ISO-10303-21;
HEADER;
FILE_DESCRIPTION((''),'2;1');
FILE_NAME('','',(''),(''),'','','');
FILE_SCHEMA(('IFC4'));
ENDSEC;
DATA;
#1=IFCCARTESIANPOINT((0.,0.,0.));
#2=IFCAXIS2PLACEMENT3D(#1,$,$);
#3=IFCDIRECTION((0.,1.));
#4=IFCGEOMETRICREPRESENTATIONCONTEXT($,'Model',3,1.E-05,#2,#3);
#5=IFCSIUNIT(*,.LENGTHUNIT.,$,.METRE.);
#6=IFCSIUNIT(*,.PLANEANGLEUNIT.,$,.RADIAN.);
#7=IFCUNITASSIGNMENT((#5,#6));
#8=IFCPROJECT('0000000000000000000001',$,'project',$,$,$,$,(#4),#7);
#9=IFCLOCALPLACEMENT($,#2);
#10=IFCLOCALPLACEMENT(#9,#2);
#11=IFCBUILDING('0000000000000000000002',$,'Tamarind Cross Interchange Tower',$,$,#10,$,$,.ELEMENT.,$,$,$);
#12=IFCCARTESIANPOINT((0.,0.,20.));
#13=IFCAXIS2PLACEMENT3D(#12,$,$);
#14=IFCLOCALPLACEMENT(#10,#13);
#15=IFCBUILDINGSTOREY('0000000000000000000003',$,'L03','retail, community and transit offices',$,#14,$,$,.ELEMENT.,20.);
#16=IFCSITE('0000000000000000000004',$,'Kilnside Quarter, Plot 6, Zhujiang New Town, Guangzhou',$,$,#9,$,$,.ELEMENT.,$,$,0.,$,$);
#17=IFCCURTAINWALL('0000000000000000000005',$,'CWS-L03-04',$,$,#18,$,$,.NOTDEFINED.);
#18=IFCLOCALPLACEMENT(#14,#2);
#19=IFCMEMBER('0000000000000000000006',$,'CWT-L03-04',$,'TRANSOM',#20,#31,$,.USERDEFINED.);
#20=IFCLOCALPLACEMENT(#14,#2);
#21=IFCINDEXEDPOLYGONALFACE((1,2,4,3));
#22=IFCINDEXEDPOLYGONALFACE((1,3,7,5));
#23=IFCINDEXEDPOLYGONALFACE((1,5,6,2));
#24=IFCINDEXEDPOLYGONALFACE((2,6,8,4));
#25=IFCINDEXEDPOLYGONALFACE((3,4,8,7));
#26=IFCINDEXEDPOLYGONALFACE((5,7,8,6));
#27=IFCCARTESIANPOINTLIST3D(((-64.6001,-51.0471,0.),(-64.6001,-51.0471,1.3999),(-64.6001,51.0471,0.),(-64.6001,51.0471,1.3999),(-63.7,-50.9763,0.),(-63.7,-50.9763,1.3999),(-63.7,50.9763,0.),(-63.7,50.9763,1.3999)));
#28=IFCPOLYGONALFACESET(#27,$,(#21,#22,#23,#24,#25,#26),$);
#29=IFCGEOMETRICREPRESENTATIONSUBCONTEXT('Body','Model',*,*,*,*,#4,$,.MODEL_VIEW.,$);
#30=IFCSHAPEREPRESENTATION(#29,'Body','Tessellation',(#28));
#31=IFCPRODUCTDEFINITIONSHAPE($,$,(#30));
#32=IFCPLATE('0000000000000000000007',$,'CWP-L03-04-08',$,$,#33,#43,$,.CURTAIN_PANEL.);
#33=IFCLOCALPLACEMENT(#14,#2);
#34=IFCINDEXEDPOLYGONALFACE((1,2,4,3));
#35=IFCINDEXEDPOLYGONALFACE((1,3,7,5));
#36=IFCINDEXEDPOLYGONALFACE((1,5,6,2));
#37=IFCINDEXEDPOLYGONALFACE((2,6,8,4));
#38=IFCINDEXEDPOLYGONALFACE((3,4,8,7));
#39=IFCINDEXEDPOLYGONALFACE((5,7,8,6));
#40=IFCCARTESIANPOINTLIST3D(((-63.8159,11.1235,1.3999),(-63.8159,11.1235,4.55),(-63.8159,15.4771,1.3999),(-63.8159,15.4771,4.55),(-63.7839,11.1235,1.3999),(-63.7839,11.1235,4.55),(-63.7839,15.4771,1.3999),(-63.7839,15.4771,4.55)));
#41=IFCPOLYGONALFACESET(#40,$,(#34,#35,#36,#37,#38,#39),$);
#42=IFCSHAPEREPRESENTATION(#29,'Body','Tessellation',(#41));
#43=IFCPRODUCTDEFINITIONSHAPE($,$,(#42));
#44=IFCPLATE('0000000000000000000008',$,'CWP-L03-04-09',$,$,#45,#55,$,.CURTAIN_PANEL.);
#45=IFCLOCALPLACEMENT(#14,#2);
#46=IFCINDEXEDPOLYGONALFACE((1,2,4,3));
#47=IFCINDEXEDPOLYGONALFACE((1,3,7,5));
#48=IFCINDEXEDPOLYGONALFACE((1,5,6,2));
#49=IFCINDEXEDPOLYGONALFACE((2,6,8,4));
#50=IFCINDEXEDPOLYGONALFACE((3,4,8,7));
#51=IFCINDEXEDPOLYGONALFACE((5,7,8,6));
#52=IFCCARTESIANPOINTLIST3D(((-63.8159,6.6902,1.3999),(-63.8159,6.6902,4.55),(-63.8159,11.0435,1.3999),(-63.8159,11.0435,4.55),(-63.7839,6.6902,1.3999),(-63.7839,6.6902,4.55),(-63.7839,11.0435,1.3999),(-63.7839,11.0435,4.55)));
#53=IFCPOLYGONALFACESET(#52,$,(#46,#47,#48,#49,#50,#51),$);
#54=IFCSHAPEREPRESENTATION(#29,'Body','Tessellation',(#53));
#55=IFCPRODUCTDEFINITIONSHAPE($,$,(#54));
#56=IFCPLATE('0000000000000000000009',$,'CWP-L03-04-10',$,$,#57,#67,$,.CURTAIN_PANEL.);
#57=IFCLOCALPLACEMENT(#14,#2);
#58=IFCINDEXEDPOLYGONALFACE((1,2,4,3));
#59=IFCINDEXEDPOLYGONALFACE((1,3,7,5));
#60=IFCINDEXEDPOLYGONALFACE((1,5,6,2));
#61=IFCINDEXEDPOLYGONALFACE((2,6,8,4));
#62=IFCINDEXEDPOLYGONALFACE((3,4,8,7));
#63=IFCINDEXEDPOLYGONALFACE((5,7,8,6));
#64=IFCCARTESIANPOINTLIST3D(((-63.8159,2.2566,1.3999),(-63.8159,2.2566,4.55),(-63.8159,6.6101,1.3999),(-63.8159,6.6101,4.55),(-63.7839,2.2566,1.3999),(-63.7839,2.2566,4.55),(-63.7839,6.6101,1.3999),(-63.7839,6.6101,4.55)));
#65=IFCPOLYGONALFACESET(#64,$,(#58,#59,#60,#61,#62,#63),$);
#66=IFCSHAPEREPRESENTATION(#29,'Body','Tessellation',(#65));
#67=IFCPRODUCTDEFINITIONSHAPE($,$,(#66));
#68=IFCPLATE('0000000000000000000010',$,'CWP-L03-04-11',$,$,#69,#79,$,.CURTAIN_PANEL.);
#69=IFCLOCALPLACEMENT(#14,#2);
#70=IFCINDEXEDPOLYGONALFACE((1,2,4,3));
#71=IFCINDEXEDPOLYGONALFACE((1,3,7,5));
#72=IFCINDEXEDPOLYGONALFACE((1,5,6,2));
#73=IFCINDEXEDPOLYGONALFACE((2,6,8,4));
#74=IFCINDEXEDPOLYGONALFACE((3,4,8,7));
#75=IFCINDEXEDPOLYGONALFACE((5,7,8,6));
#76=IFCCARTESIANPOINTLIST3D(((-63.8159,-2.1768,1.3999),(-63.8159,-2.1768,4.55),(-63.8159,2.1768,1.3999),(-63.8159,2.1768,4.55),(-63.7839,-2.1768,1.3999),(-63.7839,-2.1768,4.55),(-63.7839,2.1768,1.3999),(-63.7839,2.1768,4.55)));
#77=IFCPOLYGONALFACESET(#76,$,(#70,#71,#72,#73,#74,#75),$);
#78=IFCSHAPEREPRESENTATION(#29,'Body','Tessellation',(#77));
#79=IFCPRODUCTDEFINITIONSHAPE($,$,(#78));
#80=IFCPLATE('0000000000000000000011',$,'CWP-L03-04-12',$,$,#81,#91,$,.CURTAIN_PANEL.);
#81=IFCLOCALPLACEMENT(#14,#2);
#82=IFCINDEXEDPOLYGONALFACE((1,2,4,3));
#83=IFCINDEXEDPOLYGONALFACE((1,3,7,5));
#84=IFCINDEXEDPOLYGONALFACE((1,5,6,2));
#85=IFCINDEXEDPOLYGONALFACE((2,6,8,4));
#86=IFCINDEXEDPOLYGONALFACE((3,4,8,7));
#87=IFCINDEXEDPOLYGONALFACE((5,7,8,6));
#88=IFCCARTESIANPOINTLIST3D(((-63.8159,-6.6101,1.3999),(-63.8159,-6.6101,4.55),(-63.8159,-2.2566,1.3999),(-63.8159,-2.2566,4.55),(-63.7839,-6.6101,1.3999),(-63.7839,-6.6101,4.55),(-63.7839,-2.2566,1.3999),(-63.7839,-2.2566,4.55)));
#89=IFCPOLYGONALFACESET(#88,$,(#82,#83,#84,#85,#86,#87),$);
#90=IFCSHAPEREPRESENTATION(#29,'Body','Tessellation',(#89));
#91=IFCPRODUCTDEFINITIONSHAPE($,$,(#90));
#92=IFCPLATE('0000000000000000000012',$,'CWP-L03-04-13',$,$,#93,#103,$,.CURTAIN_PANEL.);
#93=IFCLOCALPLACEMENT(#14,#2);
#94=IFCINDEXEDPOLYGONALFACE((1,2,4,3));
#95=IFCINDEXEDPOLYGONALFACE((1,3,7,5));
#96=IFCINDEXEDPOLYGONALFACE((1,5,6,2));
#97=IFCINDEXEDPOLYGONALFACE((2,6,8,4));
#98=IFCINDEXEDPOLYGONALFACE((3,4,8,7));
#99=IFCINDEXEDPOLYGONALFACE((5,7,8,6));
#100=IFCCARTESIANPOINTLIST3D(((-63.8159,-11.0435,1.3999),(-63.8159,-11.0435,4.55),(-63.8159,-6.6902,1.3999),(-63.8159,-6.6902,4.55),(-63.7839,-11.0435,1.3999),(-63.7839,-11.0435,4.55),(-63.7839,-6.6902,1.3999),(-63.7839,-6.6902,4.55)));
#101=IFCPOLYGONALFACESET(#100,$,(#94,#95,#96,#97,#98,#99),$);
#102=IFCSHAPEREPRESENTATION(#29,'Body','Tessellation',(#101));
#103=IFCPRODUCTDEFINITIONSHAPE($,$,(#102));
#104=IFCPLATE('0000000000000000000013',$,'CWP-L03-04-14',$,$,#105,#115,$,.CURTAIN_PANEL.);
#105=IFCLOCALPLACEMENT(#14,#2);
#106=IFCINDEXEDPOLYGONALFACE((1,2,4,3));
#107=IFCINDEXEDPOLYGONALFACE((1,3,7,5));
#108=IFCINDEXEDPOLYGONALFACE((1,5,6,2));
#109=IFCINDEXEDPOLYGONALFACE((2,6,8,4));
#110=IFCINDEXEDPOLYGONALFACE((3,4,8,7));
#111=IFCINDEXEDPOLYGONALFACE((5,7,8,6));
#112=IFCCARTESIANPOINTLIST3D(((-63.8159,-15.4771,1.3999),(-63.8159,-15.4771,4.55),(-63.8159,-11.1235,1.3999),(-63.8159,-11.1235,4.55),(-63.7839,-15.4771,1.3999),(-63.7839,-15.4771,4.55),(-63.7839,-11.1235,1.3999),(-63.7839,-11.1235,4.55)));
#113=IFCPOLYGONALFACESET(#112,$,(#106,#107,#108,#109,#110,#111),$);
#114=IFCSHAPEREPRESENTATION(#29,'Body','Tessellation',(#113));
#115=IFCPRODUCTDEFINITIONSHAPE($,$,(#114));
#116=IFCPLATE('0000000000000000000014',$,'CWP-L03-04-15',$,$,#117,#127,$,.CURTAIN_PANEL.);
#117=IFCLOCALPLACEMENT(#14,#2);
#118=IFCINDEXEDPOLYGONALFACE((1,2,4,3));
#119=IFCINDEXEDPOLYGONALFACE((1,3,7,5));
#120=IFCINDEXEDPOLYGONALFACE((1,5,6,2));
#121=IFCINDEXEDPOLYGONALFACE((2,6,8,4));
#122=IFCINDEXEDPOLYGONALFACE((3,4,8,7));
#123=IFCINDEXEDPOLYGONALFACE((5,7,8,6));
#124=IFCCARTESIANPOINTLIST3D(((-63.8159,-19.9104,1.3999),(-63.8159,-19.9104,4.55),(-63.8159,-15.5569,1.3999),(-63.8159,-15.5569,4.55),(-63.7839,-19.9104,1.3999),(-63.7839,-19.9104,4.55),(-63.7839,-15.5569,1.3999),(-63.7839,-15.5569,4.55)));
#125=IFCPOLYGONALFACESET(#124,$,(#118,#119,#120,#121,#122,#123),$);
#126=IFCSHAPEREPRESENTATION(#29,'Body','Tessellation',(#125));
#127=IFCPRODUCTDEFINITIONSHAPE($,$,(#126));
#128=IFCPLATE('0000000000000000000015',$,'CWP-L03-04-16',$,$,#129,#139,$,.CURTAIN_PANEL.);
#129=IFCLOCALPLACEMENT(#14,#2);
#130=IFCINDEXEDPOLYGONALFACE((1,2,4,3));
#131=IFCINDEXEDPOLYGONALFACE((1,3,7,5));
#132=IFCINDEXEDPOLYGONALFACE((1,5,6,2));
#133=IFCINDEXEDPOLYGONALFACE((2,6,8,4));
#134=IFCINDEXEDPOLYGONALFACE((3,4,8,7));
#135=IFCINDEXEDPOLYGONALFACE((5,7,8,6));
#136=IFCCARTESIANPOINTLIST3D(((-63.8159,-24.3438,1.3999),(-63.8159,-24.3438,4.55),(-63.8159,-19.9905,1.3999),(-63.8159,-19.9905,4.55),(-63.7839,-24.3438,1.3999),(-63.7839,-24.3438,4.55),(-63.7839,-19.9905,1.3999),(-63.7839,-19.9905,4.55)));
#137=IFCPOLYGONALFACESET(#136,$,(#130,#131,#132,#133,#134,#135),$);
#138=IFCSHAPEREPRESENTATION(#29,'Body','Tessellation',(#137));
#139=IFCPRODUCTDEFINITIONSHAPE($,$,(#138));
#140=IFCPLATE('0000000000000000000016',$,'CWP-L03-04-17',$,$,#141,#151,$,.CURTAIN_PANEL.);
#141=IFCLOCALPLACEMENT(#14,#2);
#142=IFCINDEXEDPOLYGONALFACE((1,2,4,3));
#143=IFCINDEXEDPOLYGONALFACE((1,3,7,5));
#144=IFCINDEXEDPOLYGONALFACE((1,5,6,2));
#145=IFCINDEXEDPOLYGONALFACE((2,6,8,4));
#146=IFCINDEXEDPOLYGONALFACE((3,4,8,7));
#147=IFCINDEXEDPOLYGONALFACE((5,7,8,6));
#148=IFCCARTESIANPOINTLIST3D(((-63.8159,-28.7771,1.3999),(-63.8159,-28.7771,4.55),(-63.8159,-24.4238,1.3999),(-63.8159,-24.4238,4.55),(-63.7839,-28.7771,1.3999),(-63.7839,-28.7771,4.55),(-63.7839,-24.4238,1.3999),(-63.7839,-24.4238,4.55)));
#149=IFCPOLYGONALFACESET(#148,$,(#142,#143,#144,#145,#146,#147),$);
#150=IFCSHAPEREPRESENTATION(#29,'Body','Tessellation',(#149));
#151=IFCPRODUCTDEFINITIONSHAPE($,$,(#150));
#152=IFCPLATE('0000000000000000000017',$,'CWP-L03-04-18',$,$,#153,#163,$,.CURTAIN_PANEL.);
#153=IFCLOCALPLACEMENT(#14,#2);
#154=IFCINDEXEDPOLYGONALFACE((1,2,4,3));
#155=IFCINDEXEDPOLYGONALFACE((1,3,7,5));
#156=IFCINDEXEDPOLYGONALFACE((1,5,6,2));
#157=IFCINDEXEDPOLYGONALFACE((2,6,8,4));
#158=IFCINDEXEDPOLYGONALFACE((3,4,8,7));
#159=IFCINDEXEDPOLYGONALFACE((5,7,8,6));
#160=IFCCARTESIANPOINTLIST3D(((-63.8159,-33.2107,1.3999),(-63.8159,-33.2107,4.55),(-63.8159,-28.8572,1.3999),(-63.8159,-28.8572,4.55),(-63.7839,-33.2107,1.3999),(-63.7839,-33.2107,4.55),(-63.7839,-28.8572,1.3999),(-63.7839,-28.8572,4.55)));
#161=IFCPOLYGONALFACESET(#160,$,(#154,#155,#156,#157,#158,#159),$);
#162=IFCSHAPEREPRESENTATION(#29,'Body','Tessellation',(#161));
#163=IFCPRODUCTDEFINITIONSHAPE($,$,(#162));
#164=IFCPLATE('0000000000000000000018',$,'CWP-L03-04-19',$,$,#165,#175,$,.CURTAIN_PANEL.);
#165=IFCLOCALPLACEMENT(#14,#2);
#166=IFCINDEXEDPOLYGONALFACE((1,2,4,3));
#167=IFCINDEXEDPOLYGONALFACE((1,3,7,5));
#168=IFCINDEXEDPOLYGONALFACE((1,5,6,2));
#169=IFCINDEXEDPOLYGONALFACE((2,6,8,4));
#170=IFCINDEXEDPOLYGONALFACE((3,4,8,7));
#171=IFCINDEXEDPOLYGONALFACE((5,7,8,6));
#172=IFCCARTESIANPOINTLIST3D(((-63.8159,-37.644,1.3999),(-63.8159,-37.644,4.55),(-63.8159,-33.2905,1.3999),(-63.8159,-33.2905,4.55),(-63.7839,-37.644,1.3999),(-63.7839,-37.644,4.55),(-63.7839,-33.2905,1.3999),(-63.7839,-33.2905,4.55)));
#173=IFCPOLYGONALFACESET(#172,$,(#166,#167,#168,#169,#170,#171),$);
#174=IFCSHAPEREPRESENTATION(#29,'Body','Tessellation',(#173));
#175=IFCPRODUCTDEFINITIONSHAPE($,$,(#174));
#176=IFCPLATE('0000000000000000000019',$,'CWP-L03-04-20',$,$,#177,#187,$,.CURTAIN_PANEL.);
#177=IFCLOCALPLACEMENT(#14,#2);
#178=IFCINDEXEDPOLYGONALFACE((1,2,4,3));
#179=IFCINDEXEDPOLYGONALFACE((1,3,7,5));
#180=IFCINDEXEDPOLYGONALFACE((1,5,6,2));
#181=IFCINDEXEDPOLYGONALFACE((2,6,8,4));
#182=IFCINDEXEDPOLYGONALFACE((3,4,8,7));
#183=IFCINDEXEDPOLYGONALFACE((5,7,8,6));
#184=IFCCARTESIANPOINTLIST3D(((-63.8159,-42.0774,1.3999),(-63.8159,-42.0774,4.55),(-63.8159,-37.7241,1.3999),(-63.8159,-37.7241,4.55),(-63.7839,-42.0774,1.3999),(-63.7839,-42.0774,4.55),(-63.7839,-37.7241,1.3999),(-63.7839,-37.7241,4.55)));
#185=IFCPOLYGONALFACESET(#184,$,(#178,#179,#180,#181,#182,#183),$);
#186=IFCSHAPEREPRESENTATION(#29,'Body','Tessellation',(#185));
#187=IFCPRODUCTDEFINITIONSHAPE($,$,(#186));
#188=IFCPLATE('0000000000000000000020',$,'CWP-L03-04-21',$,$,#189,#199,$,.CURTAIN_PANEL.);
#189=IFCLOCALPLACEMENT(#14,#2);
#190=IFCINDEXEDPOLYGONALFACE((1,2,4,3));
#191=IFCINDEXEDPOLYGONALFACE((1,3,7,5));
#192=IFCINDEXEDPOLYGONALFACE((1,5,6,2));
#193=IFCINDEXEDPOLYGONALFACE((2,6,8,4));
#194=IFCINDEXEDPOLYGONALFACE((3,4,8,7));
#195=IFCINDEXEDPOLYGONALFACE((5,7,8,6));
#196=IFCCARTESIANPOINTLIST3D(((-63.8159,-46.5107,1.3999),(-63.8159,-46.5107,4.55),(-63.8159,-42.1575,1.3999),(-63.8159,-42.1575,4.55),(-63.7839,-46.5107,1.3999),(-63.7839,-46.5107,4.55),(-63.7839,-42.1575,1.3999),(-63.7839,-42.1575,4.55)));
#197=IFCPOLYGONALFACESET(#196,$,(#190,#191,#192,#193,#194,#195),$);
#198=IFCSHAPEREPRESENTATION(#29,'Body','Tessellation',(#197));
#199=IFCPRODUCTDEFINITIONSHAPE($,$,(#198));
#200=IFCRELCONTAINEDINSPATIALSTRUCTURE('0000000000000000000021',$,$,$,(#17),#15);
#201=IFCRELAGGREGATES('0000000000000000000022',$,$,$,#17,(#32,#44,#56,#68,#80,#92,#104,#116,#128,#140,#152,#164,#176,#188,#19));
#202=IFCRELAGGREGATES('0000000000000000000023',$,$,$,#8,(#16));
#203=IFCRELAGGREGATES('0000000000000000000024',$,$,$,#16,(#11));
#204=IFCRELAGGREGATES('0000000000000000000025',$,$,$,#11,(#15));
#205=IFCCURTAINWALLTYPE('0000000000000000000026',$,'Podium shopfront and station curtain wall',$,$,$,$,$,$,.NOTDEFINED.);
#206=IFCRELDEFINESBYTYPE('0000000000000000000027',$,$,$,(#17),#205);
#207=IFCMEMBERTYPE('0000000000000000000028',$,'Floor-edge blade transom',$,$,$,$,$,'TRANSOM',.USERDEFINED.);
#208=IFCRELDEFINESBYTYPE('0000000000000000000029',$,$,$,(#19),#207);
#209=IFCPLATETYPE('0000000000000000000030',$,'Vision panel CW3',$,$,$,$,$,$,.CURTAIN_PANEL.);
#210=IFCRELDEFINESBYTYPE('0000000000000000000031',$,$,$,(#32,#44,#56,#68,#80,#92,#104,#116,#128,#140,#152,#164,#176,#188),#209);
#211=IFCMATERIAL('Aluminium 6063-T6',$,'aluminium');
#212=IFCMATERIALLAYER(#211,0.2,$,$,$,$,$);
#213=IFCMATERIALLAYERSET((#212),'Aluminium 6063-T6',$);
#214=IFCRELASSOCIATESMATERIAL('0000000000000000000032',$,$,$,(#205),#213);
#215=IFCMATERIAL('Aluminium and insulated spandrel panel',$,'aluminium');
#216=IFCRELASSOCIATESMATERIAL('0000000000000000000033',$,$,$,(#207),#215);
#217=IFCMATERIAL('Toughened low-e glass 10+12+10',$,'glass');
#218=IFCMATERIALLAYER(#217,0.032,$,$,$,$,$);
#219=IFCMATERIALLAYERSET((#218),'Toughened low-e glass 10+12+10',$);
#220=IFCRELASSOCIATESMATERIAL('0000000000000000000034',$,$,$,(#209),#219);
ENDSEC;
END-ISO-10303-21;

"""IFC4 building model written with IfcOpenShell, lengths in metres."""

from ifc_helpers import new_model, si_unit, direction, frame, origin, place, context, subcontext, project, spatial, polyline, outline, extrude, material, layer, layer_set, type_object, element, aggregate, save


model = new_model("IFC4")

# Units and contexts
model_context = context("Model", 3, precision=1e-05, world=origin(), true_north=direction((0.0, 1.0)))
body_context = subcontext(model_context, "Body", "Model", "MODEL_VIEW")
ifc_project = project(units=[si_unit("LENGTHUNIT", "METRE"), si_unit("PLANEANGLEUNIT", "RADIAN")], contexts=[model_context])

# Site, building, storey
site_placement = place(None, origin())
site = spatial("IfcSite", under=ifc_project, at=site_placement, Name="Kilnside Quarter, Plot 6, Zhujiang New Town, Guangzhou", CompositionType="ELEMENT", RefElevation=0.0)
building_placement = place(site_placement, origin())
building = spatial("IfcBuilding", under=site, at=building_placement, Name="Tamarind Cross Interchange Tower", CompositionType="ELEMENT")
storey_placement = place(building_placement, frame((0.0, 0.0, 20.0)))
storey = spatial("IfcBuildingStorey", under=building, at=storey_placement, Name="L03", Description="retail, community and transit offices", CompositionType="ELEMENT", Elevation=20.0)

# Curtain wall, member, plates
ifc_material_1 = material(Name="Aluminium 6063-T6", Category="aluminium")
ifc_layer_1 = layer(ifc_material_1, 0.2)
ifc_layer_set_1 = layer_set([ifc_layer_1], Name="Aluminium 6063-T6")
curtain_wall_type = type_object("IfcCurtainWallType", Name="Podium shopfront and station curtain wall", PredefinedType="NOTDEFINED", material=ifc_layer_set_1)
curtain_wall_1_placement = place(storey_placement, origin())
curtain_wall_1 = element("IfcCurtainWall", 1, at=curtain_wall_1_placement, inside=storey, type_object=curtain_wall_type, Name="CWS-L03-04", PredefinedType="NOTDEFINED")
ifc_material_2 = material(Name="Aluminium and insulated spandrel panel", Category="aluminium")
member_type = type_object("IfcMemberType", Name="Floor-edge blade transom", ElementType="TRANSOM", PredefinedType="USERDEFINED", material=ifc_material_2)
member_placement = place(storey_placement, origin())
member = element("IfcMember", 2, at=member_placement, type_object=member_type, Name="CWT-L03-04", ObjectType="TRANSOM", PredefinedType="USERDEFINED", context=body_context, shape_type="SweptSolid", body=[
    extrude(outline(polyline([(-63.7, 50.9763), (-63.7, -50.9763), (-64.6001, -51.0471), (-64.6001, 51.0471), (-63.7, 50.9763)])), origin(), (0.0, 0.0, 1.0), 1.3999),
])
ifc_material_3 = material(Name="Toughened low-e glass 10+12+10", Category="glass")
ifc_layer_2 = layer(ifc_material_3, 0.032)
ifc_layer_set_2 = layer_set([ifc_layer_2], Name="Toughened low-e glass 10+12+10")
plate_type = type_object("IfcPlateType", Name="Vision panel CW3", PredefinedType="CURTAIN_PANEL", material=ifc_layer_set_2)
plate_1_placement = place(storey_placement, frame((0.0, 0.0, 1.3999)))
plate_1 = element("IfcPlate", 3, at=plate_1_placement, type_object=plate_type, Name="CWP-L03-04-08", PredefinedType="CURTAIN_PANEL", context=body_context, shape_type="SweptSolid", body=[
    extrude(outline(polyline([(-63.7839, 15.4771), (-63.7839, 11.1235), (-63.8159, 11.1235), (-63.8159, 15.4771), (-63.7839, 15.4771)])), origin(), (0.0, 0.0, 1.0), 3.1501),
])
plate_2_placement = place(storey_placement, frame((0.0, 0.0, 1.3999)))
plate_2 = element("IfcPlate", 4, at=plate_2_placement, type_object=plate_type, Name="CWP-L03-04-09", PredefinedType="CURTAIN_PANEL", context=body_context, shape_type="SweptSolid", body=[
    extrude(outline(polyline([(-63.7839, 11.0435), (-63.7839, 6.6902), (-63.8159, 6.6902), (-63.8159, 11.0435), (-63.7839, 11.0435)])), origin(), (0.0, 0.0, 1.0), 3.1501),
])
plate_3_placement = place(storey_placement, frame((0.0, 0.0, 1.3999)))
plate_3 = element("IfcPlate", 5, at=plate_3_placement, type_object=plate_type, Name="CWP-L03-04-10", PredefinedType="CURTAIN_PANEL", context=body_context, shape_type="SweptSolid", body=[
    extrude(outline(polyline([(-63.7839, 6.6101), (-63.7839, 2.2566), (-63.8159, 2.2566), (-63.8159, 6.6101), (-63.7839, 6.6101)])), origin(), (0.0, 0.0, 1.0), 3.1501),
])
plate_4_placement = place(storey_placement, frame((0.0, 0.0, 1.3999)))
plate_4 = element("IfcPlate", 6, at=plate_4_placement, type_object=plate_type, Name="CWP-L03-04-11", PredefinedType="CURTAIN_PANEL", context=body_context, shape_type="SweptSolid", body=[
    extrude(outline(polyline([(-63.7839, 2.1768), (-63.7839, -2.1768), (-63.8159, -2.1768), (-63.8159, 2.1768), (-63.7839, 2.1768)])), origin(), (0.0, 0.0, 1.0), 3.1501),
])
plate_5_placement = place(storey_placement, frame((0.0, 0.0, 1.3999)))
plate_5 = element("IfcPlate", 7, at=plate_5_placement, type_object=plate_type, Name="CWP-L03-04-12", PredefinedType="CURTAIN_PANEL", context=body_context, shape_type="SweptSolid", body=[
    extrude(outline(polyline([(-63.7839, -2.2566), (-63.7839, -6.6101), (-63.8159, -6.6101), (-63.8159, -2.2566), (-63.7839, -2.2566)])), origin(), (0.0, 0.0, 1.0), 3.1501),
])
plate_6_placement = place(storey_placement, frame((0.0, 0.0, 1.3999)))
plate_6 = element("IfcPlate", 8, at=plate_6_placement, type_object=plate_type, Name="CWP-L03-04-13", PredefinedType="CURTAIN_PANEL", context=body_context, shape_type="SweptSolid", body=[
    extrude(outline(polyline([(-63.7839, -6.6902), (-63.7839, -11.0435), (-63.8159, -11.0435), (-63.8159, -6.6902), (-63.7839, -6.6902)])), origin(), (0.0, 0.0, 1.0), 3.1501),
])
plate_7_placement = place(storey_placement, frame((0.0, 0.0, 1.3999)))
plate_7 = element("IfcPlate", 9, at=plate_7_placement, type_object=plate_type, Name="CWP-L03-04-14", PredefinedType="CURTAIN_PANEL", context=body_context, shape_type="SweptSolid", body=[
    extrude(outline(polyline([(-63.7839, -11.1235), (-63.7839, -15.4771), (-63.8159, -15.4771), (-63.8159, -11.1235), (-63.7839, -11.1235)])), origin(), (0.0, 0.0, 1.0), 3.1501),
])
plate_8_placement = place(storey_placement, frame((0.0, 0.0, 1.3999)))
plate_8 = element("IfcPlate", 10, at=plate_8_placement, type_object=plate_type, Name="CWP-L03-04-15", PredefinedType="CURTAIN_PANEL", context=body_context, shape_type="SweptSolid", body=[
    extrude(outline(polyline([(-63.7839, -15.5569), (-63.7839, -19.9104), (-63.8159, -19.9104), (-63.8159, -15.5569), (-63.7839, -15.5569)])), origin(), (0.0, 0.0, 1.0), 3.1501),
])
plate_9_placement = place(storey_placement, frame((0.0, 0.0, 1.3999)))
plate_9 = element("IfcPlate", 11, at=plate_9_placement, type_object=plate_type, Name="CWP-L03-04-16", PredefinedType="CURTAIN_PANEL", context=body_context, shape_type="SweptSolid", body=[
    extrude(outline(polyline([(-63.7839, -19.9905), (-63.7839, -24.3438), (-63.8159, -24.3438), (-63.8159, -19.9905), (-63.7839, -19.9905)])), origin(), (0.0, 0.0, 1.0), 3.1501),
])
plate_10_placement = place(storey_placement, frame((0.0, 0.0, 1.3999)))
plate_10 = element("IfcPlate", 12, at=plate_10_placement, type_object=plate_type, Name="CWP-L03-04-17", PredefinedType="CURTAIN_PANEL", context=body_context, shape_type="SweptSolid", body=[
    extrude(outline(polyline([(-63.7839, -24.4238), (-63.7839, -28.7771), (-63.8159, -28.7771), (-63.8159, -24.4238), (-63.7839, -24.4238)])), origin(), (0.0, 0.0, 1.0), 3.1501),
])
plate_11_placement = place(storey_placement, frame((0.0, 0.0, 1.3999)))
plate_11 = element("IfcPlate", 13, at=plate_11_placement, type_object=plate_type, Name="CWP-L03-04-18", PredefinedType="CURTAIN_PANEL", context=body_context, shape_type="SweptSolid", body=[
    extrude(outline(polyline([(-63.7839, -28.8572), (-63.7839, -33.2107), (-63.8159, -33.2107), (-63.8159, -28.8572), (-63.7839, -28.8572)])), origin(), (0.0, 0.0, 1.0), 3.1501),
])
plate_12_placement = place(storey_placement, frame((0.0, 0.0, 1.3999)))
plate_12 = element("IfcPlate", 14, at=plate_12_placement, type_object=plate_type, Name="CWP-L03-04-19", PredefinedType="CURTAIN_PANEL", context=body_context, shape_type="SweptSolid", body=[
    extrude(outline(polyline([(-63.7839, -33.2905), (-63.7839, -37.644), (-63.8159, -37.644), (-63.8159, -33.2905), (-63.7839, -33.2905)])), origin(), (0.0, 0.0, 1.0), 3.1501),
])
plate_13_placement = place(storey_placement, frame((0.0, 0.0, 1.3999)))
plate_13 = element("IfcPlate", 15, at=plate_13_placement, type_object=plate_type, Name="CWP-L03-04-20", PredefinedType="CURTAIN_PANEL", context=body_context, shape_type="SweptSolid", body=[
    extrude(outline(polyline([(-63.7839, -37.7241), (-63.7839, -42.0774), (-63.8159, -42.0774), (-63.8159, -37.7241), (-63.7839, -37.7241)])), origin(), (0.0, 0.0, 1.0), 3.1501),
])
plate_14_placement = place(storey_placement, frame((0.0, 0.0, 1.3999)))
plate_14 = element("IfcPlate", 16, at=plate_14_placement, type_object=plate_type, Name="CWP-L03-04-21", PredefinedType="CURTAIN_PANEL", context=body_context, shape_type="SweptSolid", body=[
    extrude(outline(polyline([(-63.7839, -42.1575), (-63.7839, -46.5107), (-63.8159, -46.5107), (-63.8159, -42.1575), (-63.7839, -42.1575)])), origin(), (0.0, 0.0, 1.0), 3.1501),
])
aggregate(curtain_wall_1, [plate_1, plate_2, plate_3, plate_4, plate_5, plate_6, plate_7, plate_8, plate_9, plate_10, plate_11, plate_12, plate_13, plate_14, member])

save(model, "model.ifc")
